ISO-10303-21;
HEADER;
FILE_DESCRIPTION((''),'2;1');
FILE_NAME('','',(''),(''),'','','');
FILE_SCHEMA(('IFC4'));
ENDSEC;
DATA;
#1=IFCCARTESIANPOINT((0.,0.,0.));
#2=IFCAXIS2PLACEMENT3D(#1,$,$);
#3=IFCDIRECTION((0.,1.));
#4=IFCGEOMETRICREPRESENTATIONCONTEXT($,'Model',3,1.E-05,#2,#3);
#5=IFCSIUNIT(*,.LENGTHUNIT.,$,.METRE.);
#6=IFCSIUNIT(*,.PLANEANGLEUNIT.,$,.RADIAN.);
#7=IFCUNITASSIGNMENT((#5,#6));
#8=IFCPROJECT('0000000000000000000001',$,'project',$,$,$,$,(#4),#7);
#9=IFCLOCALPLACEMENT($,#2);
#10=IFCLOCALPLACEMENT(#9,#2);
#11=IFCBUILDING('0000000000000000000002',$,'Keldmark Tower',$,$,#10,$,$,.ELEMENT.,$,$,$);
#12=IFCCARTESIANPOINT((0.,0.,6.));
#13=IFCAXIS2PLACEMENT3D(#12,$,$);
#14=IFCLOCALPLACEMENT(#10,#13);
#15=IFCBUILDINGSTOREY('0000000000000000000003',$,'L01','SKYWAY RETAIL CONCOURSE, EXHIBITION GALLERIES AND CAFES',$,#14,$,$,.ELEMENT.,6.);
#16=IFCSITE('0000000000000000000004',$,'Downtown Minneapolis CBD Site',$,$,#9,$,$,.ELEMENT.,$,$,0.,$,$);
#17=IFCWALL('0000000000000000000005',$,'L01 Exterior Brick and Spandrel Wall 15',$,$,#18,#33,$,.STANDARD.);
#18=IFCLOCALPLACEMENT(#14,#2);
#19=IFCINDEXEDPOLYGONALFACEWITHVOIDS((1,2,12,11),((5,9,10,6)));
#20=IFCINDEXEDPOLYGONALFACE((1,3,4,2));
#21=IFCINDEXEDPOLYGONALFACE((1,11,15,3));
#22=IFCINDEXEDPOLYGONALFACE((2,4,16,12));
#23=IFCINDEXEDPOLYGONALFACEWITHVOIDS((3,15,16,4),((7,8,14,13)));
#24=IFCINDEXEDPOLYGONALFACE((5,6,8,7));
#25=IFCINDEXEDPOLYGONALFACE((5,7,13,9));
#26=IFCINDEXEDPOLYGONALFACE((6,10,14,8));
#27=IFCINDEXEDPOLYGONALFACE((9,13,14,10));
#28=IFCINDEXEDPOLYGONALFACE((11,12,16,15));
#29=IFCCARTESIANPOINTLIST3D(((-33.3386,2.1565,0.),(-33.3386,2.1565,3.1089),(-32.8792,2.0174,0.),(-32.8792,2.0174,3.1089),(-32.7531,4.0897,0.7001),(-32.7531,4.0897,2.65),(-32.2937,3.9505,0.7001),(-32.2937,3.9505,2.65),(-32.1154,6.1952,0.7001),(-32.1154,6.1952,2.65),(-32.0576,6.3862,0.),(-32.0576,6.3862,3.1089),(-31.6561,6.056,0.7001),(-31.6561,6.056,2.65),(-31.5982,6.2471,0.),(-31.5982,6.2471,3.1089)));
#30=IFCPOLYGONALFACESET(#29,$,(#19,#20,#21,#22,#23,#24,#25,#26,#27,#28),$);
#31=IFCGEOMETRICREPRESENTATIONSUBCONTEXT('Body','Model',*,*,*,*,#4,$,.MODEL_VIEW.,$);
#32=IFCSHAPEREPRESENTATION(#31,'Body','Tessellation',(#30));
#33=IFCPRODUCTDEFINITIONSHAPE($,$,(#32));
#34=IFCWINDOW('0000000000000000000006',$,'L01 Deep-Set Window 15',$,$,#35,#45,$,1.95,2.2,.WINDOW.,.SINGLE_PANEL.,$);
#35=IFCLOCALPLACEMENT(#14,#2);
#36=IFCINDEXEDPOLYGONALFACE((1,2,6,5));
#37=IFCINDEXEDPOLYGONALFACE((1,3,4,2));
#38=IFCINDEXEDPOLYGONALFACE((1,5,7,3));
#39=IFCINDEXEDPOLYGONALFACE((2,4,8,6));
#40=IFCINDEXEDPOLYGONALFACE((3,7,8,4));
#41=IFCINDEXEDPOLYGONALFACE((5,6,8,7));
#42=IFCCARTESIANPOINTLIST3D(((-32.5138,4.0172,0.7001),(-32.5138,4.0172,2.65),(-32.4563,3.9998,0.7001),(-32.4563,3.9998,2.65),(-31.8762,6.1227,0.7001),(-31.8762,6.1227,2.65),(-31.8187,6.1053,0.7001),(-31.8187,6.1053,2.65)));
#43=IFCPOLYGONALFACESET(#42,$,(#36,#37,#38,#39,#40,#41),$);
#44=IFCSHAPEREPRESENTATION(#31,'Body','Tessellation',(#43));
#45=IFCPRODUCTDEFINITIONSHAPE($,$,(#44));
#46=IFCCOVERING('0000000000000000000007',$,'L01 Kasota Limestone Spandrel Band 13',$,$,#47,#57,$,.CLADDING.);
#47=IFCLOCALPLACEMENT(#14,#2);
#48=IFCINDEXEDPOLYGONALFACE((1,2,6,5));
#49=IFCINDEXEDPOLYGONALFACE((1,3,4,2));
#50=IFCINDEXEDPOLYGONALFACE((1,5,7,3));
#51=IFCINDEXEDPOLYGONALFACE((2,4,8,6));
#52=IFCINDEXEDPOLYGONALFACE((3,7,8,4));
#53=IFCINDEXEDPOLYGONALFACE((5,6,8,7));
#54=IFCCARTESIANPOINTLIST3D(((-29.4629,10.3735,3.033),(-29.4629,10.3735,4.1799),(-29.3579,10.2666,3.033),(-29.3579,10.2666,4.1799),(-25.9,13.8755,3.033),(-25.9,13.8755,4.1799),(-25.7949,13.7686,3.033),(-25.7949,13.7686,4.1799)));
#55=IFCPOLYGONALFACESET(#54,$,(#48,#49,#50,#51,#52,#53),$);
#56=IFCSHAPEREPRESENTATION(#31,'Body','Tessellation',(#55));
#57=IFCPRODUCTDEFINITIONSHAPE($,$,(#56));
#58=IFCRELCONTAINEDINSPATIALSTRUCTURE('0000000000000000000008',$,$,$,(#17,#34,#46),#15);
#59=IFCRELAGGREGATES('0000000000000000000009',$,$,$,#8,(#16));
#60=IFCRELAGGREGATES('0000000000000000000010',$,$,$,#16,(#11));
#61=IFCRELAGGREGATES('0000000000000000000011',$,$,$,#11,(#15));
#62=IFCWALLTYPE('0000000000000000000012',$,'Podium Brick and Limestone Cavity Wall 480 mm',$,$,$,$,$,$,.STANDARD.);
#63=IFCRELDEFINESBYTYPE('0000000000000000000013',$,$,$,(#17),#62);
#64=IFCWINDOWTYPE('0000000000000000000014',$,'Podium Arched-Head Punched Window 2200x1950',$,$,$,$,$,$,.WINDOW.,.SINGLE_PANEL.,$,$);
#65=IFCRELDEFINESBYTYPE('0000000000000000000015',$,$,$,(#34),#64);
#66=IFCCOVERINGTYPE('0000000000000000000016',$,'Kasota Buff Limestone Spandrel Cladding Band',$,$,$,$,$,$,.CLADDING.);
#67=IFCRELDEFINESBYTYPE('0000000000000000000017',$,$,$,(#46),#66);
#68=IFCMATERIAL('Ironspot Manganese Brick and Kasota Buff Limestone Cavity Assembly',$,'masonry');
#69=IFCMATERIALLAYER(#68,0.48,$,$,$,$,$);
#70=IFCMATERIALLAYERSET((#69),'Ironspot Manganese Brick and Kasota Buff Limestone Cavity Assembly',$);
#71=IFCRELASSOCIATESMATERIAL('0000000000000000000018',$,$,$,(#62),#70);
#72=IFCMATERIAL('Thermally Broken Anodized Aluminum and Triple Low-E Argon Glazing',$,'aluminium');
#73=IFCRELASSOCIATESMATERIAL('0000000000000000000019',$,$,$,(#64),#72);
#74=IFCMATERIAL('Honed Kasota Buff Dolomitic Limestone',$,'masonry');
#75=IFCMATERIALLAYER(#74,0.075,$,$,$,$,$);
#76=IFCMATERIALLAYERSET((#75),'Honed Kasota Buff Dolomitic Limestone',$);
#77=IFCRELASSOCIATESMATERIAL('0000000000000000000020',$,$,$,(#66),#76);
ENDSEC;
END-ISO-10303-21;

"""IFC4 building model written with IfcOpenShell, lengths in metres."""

from ifc_helpers import new_model, si_unit, direction, frame, frame_2d, origin, origin_2d, place, context, subcontext, project, spatial, rectangle, extrude, material, layer, layer_set, type_object, element, fill, save


model = new_model("IFC4")

# Units and contexts
model_context = context("Model", 3, precision=1e-05, world=origin(), true_north=direction((0.0, 1.0)))
body_context = subcontext(model_context, "Body", "Model", "MODEL_VIEW")
ifc_project = project(units=[si_unit("LENGTHUNIT", "METRE"), si_unit("PLANEANGLEUNIT", "RADIAN")], contexts=[model_context])

# Site, building, storey
site_placement = place(None, origin())
site = spatial("IfcSite", under=ifc_project, at=site_placement, Name="Downtown Minneapolis CBD Site", CompositionType="ELEMENT", RefElevation=0.0)
building_placement = place(site_placement, origin())
building = spatial("IfcBuilding", under=site, at=building_placement, Name="Keldmark Tower", CompositionType="ELEMENT")
storey_placement = place(building_placement, frame((0.0, 0.0, 6.0)))
storey = spatial("IfcBuildingStorey", under=building, at=storey_placement, Name="L01", Description="SKYWAY RETAIL CONCOURSE, EXHIBITION GALLERIES AND CAFES", CompositionType="ELEMENT", Elevation=6.0)

# Wall, opening, window
ifc_material_1 = material(Name="Ironspot Manganese Brick and Kasota Buff Limestone Cavity Assembly", Category="masonry")
ifc_layer_1 = layer(ifc_material_1, 0.48)
ifc_layer_set_1 = layer_set([ifc_layer_1], Name="Ironspot Manganese Brick and Kasota Buff Limestone Cavity Assembly")
wall_type_1 = type_object("IfcWallType", Name="Podium Brick and Limestone Cavity Wall 480 mm", PredefinedType="STANDARD", material=ifc_layer_set_1)
ifc_material_2 = material(Name="Thermally Broken Anodized Aluminum and Triple Low-E Argon Glazing", Category="aluminium")
window_type = type_object("IfcWindowType", Name="Podium Arched-Head Punched Window 2200x1950", PartitioningType="SINGLE_PANEL", PredefinedType="WINDOW", material=ifc_material_2)
wall_1_placement = place(storey_placement, frame((-33.1089, 2.0869, 0.0), z_axis=(0.0, 0.0, 1.0), x_axis=(0.289856, 0.95707, 0.0)))
wall_1 = element("IfcWall", 1, at=wall_1_placement, inside=storey, type_object=wall_type_1, Name="L01 Exterior Brick and Spandrel Wall 15", PredefinedType="STANDARD", context=body_context, shape_type="SweptSolid", body=[
    extrude(rectangle(XDim=4.4194, YDim=0.48, at=frame_2d((2.2097, 0.0))), origin(), (0.0, 0.0, 1.0), 3.1089),
])
opening_1_placement = place(wall_1_placement, frame((2.0198, 0.0, 0.7)))
opening_1 = element("IfcOpeningElement", 2, at=opening_1_placement, cuts=wall_1, PredefinedType="OPENING", context=body_context, shape_type="SweptSolid", body=[
    extrude(rectangle(XDim=2.2, YDim=1.95, at=frame_2d((1.1001, 0.9751))), frame((0.0, 0.25, 0.0), z_axis=(0.0, -1.0, 0.0), x_axis=(1.0, 0.0, 0.0)), (0.0, 0.0, 1.0), 0.5),
])
window_1_placement = place(opening_1_placement, origin())
window_1 = element("IfcWindow", 3, at=window_1_placement, inside=storey, type_object=window_type, Name="L01 Deep-Set Window 15", OverallHeight=1.95, OverallWidth=2.2, PartitioningType="SINGLE_PANEL", PredefinedType="WINDOW", context=body_context, shape_type="SweptSolid", body=[
    extrude(rectangle(XDim=2.2, YDim=1.95, at=frame_2d((1.1001, 0.9751))), frame((0.0, -0.01, 0.0), z_axis=(0.0, -1.0, 0.0), x_axis=(1.0, 0.0, 0.0)), (0.0, 0.0, 1.0), 0.0601),
])
fill(opening_1, window_1)

# Covering
ifc_material_3 = material(Name="Honed Kasota Buff Dolomitic Limestone", Category="masonry")
ifc_layer_2 = layer(ifc_material_3, 0.075)
ifc_layer_set_2 = layer_set([ifc_layer_2], Name="Honed Kasota Buff Dolomitic Limestone")
covering_type = type_object("IfcCoveringType", Name="Kasota Buff Limestone Spandrel Cladding Band", PredefinedType="CLADDING", material=ifc_layer_set_2)
covering_placement = place(storey_placement, frame((-27.6289, 12.071, 3.033), z_axis=(0.0, 0.0, 1.0), x_axis=(-0.713189, -0.700972, 0.0)))
element("IfcCovering", 4, at=covering_placement, inside=storey, type_object=covering_type, Name="L01 Kasota Limestone Spandrel Band 13", PredefinedType="CLADDING", context=body_context, shape_type="SweptSolid", body=[
    extrude(rectangle(XDim=4.9958, YDim=0.1499, at=origin_2d()), origin(), (0.0, 0.0, 1.0), 1.147),
])

save(model, "model.ifc")
